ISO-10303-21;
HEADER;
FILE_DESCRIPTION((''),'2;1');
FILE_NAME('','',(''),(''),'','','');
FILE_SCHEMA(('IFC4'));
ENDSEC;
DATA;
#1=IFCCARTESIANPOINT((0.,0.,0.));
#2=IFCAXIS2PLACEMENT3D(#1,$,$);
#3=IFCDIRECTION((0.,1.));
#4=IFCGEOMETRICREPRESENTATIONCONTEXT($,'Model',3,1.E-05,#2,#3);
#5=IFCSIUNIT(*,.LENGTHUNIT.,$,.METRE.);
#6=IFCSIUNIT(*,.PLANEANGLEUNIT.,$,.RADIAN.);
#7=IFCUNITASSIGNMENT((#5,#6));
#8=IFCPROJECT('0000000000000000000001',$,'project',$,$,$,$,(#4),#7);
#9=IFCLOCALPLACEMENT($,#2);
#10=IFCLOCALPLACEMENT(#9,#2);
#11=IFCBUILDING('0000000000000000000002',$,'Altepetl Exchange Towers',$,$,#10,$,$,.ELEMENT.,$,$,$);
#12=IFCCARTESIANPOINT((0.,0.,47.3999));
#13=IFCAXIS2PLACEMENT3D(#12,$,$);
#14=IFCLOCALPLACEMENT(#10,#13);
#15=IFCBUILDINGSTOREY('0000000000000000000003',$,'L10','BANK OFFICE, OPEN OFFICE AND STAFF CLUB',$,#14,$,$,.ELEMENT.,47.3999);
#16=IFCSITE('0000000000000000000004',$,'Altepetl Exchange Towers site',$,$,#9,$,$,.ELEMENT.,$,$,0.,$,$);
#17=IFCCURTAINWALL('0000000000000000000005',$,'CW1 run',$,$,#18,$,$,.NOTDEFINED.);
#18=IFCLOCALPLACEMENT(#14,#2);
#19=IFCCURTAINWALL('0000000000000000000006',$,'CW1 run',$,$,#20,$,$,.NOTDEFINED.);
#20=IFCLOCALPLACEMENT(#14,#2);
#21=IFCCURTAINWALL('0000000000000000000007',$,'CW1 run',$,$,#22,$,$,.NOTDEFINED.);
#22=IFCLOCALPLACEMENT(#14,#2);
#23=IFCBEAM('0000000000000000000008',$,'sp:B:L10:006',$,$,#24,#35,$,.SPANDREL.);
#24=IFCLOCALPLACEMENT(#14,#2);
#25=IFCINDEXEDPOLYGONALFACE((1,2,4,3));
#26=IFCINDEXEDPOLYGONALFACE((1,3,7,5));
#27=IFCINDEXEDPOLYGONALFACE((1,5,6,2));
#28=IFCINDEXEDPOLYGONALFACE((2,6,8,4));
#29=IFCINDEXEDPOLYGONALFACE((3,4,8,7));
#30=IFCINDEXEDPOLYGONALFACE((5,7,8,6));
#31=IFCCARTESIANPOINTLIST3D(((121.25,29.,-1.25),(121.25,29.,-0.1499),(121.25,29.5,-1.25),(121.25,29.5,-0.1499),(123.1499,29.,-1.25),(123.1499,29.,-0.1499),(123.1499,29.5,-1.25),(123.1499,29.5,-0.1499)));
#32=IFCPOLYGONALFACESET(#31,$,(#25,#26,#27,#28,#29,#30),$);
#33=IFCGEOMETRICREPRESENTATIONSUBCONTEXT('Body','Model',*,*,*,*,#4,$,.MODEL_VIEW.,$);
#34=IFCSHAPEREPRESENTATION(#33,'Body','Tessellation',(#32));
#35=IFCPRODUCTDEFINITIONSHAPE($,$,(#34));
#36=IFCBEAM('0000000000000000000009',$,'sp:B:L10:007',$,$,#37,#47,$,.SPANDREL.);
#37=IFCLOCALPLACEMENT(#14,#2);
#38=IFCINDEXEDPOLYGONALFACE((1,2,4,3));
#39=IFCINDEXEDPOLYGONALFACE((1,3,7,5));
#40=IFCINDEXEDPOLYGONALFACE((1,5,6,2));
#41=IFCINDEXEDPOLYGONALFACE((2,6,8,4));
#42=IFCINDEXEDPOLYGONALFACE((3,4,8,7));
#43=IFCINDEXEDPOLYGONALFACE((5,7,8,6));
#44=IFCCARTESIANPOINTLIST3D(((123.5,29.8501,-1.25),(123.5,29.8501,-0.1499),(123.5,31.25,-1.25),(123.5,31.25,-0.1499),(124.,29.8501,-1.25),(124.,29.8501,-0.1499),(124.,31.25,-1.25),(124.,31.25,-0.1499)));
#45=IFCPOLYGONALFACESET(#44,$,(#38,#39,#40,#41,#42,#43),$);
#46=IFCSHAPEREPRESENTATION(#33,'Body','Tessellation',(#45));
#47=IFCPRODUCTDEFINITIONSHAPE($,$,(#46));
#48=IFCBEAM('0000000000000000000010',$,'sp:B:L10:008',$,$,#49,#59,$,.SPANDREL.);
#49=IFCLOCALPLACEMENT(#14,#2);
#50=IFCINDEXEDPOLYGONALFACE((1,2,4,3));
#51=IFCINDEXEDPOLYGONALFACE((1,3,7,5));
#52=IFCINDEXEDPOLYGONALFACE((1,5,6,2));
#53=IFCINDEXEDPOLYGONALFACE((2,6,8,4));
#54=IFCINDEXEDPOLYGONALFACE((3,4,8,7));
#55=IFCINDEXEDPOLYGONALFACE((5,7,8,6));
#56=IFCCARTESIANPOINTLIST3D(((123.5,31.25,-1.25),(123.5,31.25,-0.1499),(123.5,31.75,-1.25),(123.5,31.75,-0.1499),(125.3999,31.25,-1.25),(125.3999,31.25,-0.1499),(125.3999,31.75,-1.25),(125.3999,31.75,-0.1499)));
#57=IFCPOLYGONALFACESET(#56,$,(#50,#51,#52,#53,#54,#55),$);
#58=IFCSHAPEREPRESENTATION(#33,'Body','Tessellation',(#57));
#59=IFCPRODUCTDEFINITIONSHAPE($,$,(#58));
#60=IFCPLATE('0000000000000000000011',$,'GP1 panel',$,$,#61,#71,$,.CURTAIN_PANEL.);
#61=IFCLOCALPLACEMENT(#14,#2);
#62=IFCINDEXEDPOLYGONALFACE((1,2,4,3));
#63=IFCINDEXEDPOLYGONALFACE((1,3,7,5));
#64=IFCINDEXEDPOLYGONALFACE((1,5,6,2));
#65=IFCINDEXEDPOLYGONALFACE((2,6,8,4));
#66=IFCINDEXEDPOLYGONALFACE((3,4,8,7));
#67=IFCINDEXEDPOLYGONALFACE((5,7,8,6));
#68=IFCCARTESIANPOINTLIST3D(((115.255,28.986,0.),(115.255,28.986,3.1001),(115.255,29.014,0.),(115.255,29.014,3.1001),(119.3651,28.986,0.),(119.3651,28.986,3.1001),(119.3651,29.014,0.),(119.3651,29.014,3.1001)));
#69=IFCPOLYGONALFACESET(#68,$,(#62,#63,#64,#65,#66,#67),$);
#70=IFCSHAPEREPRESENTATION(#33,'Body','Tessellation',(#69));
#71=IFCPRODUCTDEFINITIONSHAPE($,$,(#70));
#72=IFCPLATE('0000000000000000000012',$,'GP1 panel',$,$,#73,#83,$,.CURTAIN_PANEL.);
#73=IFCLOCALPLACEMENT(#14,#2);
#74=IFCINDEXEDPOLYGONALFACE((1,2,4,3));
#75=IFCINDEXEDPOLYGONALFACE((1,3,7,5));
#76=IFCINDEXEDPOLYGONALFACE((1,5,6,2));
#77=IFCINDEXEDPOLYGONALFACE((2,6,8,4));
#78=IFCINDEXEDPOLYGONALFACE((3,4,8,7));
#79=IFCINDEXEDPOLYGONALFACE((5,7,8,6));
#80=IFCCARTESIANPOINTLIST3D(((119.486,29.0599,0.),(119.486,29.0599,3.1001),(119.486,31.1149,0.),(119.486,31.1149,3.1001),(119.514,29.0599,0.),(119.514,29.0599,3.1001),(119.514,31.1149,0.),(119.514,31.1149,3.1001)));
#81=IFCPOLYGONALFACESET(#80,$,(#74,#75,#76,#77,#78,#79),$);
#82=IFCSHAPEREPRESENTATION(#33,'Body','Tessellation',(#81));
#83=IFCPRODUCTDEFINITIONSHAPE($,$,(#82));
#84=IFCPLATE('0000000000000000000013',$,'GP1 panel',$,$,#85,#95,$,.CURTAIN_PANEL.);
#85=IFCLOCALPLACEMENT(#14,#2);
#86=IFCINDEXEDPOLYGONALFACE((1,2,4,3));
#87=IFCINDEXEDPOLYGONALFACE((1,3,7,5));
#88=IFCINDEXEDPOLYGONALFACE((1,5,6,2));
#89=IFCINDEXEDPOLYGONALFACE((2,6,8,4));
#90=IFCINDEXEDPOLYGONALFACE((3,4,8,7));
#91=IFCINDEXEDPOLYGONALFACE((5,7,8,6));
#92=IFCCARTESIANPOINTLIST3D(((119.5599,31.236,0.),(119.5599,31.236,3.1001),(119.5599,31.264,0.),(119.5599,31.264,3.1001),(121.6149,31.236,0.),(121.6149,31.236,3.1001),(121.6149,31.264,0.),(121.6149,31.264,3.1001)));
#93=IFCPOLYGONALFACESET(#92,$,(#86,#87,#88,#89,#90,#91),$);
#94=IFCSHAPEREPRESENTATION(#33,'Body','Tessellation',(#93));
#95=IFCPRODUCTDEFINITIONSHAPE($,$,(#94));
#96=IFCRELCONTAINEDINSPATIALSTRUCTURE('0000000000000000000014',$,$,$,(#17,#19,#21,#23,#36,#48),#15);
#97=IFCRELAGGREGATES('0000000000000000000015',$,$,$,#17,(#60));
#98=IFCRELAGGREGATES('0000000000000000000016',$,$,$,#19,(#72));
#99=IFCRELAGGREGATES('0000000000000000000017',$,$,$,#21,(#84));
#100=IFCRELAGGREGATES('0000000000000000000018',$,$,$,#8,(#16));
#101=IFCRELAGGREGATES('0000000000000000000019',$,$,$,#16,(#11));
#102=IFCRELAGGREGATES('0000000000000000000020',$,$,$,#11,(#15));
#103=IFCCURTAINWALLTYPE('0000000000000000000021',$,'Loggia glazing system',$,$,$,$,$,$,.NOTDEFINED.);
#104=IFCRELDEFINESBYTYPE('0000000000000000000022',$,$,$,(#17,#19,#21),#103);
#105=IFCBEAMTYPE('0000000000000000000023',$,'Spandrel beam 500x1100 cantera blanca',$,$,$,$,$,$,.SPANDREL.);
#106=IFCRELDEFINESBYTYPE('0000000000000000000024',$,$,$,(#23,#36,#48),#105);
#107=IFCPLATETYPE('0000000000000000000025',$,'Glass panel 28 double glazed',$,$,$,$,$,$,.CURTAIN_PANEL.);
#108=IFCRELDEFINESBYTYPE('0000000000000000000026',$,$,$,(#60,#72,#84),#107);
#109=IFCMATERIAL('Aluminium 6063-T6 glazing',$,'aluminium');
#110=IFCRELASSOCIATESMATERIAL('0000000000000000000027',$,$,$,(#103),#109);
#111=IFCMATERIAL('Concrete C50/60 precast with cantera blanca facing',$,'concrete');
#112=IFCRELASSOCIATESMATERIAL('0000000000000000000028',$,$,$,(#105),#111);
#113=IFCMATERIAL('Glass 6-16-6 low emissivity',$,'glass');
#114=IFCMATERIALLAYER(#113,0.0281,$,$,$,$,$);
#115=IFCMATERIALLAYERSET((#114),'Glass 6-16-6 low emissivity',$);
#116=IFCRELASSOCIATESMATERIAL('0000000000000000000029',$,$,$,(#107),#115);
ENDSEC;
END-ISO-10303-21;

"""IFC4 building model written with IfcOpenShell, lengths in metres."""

from ifc_helpers import new_model, si_unit, direction, frame, origin, origin_2d, place, context, subcontext, project, spatial, rectangle, extrude, material, layer, layer_set, material_profile, profile_set, type_object, element, aggregate, save


model = new_model("IFC4")

# Units and contexts
model_context = context("Model", 3, precision=1e-05, world=origin(), true_north=direction((0.0, 1.0)))
body_context = subcontext(model_context, "Body", "Model", "MODEL_VIEW")
ifc_project = project(units=[si_unit("LENGTHUNIT", "METRE"), si_unit("PLANEANGLEUNIT", "RADIAN")], contexts=[model_context])

# Site, building, storey
site_placement = place(None, origin())
site = spatial("IfcSite", under=ifc_project, at=site_placement, Name="Altepetl Exchange Towers site", CompositionType="ELEMENT", RefElevation=0.0)
building_placement = place(site_placement, origin())
building = spatial("IfcBuilding", under=site, at=building_placement, Name="Altepetl Exchange Towers", CompositionType="ELEMENT")
storey_placement = place(building_placement, frame((0.0, 0.0, 47.3999)))
storey = spatial("IfcBuildingStorey", under=building, at=storey_placement, Name="L10", Description="BANK OFFICE, OPEN OFFICE AND STAFF CLUB", CompositionType="ELEMENT", Elevation=47.3999)

# Curtain wall
ifc_material_1 = material(Name="Aluminium 6063-T6 glazing", Category="aluminium")
curtain_wall_type = type_object("IfcCurtainWallType", Name="Loggia glazing system", PredefinedType="NOTDEFINED", material=ifc_material_1)
curtain_wall_1_placement = place(storey_placement, origin())
curtain_wall_1 = element("IfcCurtainWall", 1, at=curtain_wall_1_placement, inside=storey, type_object=curtain_wall_type, Name="CW1 run", PredefinedType="NOTDEFINED")

# Curtain walls
curtain_wall_2_placement = place(storey_placement, origin())
curtain_wall_2 = element("IfcCurtainWall", 2, at=curtain_wall_2_placement, inside=storey, type_object=curtain_wall_type, Name="CW1 run", PredefinedType="NOTDEFINED")
curtain_wall_3_placement = place(storey_placement, origin())
curtain_wall_3 = element("IfcCurtainWall", 3, at=curtain_wall_3_placement, inside=storey, type_object=curtain_wall_type, Name="CW1 run", PredefinedType="NOTDEFINED")

# Beams
ifc_material_2 = material(Name="Concrete C50/60 precast with cantera blanca facing", Category="concrete")
ifc_material_profile_1 = material_profile(ifc_material_2, rectangle(XDim=0.5, YDim=1.1001, at=origin_2d()), Name="500 x 1100")
ifc_profile_set_1 = profile_set([ifc_material_profile_1], Name="Concrete C50/60 precast with cantera blanca facing")
beam_type_1 = type_object("IfcBeamType", Name="Spandrel beam 500x1100 cantera blanca", PredefinedType="SPANDREL", material=ifc_profile_set_1)
beam_1_placement = place(storey_placement, frame((121.25, 29.25, -0.7), z_axis=(1.0, 0.0, 0.0), x_axis=(0.0, 1.0, 0.0)))
element("IfcBeam", 4, at=beam_1_placement, inside=storey, type_object=beam_type_1, Name="sp:B:L10:006", PredefinedType="SPANDREL", context=body_context, shape_type="SweptSolid", body=[
    extrude(rectangle(XDim=0.5, YDim=1.1001, at=origin_2d()), origin(), (0.0, 0.0, 1.0), 1.8999),
])
beam_2_placement = place(storey_placement, frame((123.75, 29.8501, -0.7), z_axis=(0.0, 1.0, 0.0), x_axis=(-1.0, 0.0, 0.0)))
element("IfcBeam", 5, at=beam_2_placement, inside=storey, type_object=beam_type_1, Name="sp:B:L10:007", PredefinedType="SPANDREL", context=body_context, shape_type="SweptSolid", body=[
    extrude(rectangle(XDim=0.5, YDim=1.1001, at=origin_2d()), origin(), (0.0, 0.0, 1.0), 1.3999),
])
beam_3_placement = place(storey_placement, frame((123.5, 31.5, -0.7), z_axis=(1.0, 0.0, 0.0), x_axis=(0.0, 1.0, 0.0)))
element("IfcBeam", 6, at=beam_3_placement, inside=storey, type_object=beam_type_1, Name="sp:B:L10:008", PredefinedType="SPANDREL", context=body_context, shape_type="SweptSolid", body=[
    extrude(rectangle(XDim=0.5, YDim=1.1001, at=origin_2d()), origin(), (0.0, 0.0, 1.0), 1.8999),
])

# Plates
ifc_material_3 = material(Name="Glass 6-16-6 low emissivity", Category="glass")
ifc_layer = layer(ifc_material_3, 0.0281)
ifc_layer_set = layer_set([ifc_layer], Name="Glass 6-16-6 low emissivity")
plate_type = type_object("IfcPlateType", Name="Glass panel 28 double glazed", PredefinedType="CURTAIN_PANEL", material=ifc_layer_set)
plate_1_placement = place(storey_placement, frame((117.3101, 29.0, 0.0)))
plate_1 = element("IfcPlate", 7, at=plate_1_placement, type_object=plate_type, Name="GP1 panel", PredefinedType="CURTAIN_PANEL", context=body_context, shape_type="SweptSolid", body=[
    extrude(rectangle(XDim=4.1101, YDim=0.0281, at=origin_2d()), origin(), (0.0, 0.0, 1.0), 3.1001),
])
aggregate(curtain_wall_1, [plate_1])
plate_2_placement = place(storey_placement, frame((119.5, 30.0874, 0.0), z_axis=(0.0, 0.0, 1.0), x_axis=(0.0, 1.0, 0.0)))
plate_2 = element("IfcPlate", 8, at=plate_2_placement, type_object=plate_type, Name="GP1 panel", PredefinedType="CURTAIN_PANEL", context=body_context, shape_type="SweptSolid", body=[
    extrude(rectangle(XDim=2.0549, YDim=0.0281, at=origin_2d()), origin(), (0.0, 0.0, 1.0), 3.1001),
])
aggregate(curtain_wall_2, [plate_2])
plate_3_placement = place(storey_placement, frame((120.5874, 31.25, 0.0)))
plate_3 = element("IfcPlate", 9, at=plate_3_placement, type_object=plate_type, Name="GP1 panel", PredefinedType="CURTAIN_PANEL", context=body_context, shape_type="SweptSolid", body=[
    extrude(rectangle(XDim=2.0549, YDim=0.0281, at=origin_2d()), origin(), (0.0, 0.0, 1.0), 3.1001),
])
aggregate(curtain_wall_3, [plate_3])

save(model, "model.ifc")
